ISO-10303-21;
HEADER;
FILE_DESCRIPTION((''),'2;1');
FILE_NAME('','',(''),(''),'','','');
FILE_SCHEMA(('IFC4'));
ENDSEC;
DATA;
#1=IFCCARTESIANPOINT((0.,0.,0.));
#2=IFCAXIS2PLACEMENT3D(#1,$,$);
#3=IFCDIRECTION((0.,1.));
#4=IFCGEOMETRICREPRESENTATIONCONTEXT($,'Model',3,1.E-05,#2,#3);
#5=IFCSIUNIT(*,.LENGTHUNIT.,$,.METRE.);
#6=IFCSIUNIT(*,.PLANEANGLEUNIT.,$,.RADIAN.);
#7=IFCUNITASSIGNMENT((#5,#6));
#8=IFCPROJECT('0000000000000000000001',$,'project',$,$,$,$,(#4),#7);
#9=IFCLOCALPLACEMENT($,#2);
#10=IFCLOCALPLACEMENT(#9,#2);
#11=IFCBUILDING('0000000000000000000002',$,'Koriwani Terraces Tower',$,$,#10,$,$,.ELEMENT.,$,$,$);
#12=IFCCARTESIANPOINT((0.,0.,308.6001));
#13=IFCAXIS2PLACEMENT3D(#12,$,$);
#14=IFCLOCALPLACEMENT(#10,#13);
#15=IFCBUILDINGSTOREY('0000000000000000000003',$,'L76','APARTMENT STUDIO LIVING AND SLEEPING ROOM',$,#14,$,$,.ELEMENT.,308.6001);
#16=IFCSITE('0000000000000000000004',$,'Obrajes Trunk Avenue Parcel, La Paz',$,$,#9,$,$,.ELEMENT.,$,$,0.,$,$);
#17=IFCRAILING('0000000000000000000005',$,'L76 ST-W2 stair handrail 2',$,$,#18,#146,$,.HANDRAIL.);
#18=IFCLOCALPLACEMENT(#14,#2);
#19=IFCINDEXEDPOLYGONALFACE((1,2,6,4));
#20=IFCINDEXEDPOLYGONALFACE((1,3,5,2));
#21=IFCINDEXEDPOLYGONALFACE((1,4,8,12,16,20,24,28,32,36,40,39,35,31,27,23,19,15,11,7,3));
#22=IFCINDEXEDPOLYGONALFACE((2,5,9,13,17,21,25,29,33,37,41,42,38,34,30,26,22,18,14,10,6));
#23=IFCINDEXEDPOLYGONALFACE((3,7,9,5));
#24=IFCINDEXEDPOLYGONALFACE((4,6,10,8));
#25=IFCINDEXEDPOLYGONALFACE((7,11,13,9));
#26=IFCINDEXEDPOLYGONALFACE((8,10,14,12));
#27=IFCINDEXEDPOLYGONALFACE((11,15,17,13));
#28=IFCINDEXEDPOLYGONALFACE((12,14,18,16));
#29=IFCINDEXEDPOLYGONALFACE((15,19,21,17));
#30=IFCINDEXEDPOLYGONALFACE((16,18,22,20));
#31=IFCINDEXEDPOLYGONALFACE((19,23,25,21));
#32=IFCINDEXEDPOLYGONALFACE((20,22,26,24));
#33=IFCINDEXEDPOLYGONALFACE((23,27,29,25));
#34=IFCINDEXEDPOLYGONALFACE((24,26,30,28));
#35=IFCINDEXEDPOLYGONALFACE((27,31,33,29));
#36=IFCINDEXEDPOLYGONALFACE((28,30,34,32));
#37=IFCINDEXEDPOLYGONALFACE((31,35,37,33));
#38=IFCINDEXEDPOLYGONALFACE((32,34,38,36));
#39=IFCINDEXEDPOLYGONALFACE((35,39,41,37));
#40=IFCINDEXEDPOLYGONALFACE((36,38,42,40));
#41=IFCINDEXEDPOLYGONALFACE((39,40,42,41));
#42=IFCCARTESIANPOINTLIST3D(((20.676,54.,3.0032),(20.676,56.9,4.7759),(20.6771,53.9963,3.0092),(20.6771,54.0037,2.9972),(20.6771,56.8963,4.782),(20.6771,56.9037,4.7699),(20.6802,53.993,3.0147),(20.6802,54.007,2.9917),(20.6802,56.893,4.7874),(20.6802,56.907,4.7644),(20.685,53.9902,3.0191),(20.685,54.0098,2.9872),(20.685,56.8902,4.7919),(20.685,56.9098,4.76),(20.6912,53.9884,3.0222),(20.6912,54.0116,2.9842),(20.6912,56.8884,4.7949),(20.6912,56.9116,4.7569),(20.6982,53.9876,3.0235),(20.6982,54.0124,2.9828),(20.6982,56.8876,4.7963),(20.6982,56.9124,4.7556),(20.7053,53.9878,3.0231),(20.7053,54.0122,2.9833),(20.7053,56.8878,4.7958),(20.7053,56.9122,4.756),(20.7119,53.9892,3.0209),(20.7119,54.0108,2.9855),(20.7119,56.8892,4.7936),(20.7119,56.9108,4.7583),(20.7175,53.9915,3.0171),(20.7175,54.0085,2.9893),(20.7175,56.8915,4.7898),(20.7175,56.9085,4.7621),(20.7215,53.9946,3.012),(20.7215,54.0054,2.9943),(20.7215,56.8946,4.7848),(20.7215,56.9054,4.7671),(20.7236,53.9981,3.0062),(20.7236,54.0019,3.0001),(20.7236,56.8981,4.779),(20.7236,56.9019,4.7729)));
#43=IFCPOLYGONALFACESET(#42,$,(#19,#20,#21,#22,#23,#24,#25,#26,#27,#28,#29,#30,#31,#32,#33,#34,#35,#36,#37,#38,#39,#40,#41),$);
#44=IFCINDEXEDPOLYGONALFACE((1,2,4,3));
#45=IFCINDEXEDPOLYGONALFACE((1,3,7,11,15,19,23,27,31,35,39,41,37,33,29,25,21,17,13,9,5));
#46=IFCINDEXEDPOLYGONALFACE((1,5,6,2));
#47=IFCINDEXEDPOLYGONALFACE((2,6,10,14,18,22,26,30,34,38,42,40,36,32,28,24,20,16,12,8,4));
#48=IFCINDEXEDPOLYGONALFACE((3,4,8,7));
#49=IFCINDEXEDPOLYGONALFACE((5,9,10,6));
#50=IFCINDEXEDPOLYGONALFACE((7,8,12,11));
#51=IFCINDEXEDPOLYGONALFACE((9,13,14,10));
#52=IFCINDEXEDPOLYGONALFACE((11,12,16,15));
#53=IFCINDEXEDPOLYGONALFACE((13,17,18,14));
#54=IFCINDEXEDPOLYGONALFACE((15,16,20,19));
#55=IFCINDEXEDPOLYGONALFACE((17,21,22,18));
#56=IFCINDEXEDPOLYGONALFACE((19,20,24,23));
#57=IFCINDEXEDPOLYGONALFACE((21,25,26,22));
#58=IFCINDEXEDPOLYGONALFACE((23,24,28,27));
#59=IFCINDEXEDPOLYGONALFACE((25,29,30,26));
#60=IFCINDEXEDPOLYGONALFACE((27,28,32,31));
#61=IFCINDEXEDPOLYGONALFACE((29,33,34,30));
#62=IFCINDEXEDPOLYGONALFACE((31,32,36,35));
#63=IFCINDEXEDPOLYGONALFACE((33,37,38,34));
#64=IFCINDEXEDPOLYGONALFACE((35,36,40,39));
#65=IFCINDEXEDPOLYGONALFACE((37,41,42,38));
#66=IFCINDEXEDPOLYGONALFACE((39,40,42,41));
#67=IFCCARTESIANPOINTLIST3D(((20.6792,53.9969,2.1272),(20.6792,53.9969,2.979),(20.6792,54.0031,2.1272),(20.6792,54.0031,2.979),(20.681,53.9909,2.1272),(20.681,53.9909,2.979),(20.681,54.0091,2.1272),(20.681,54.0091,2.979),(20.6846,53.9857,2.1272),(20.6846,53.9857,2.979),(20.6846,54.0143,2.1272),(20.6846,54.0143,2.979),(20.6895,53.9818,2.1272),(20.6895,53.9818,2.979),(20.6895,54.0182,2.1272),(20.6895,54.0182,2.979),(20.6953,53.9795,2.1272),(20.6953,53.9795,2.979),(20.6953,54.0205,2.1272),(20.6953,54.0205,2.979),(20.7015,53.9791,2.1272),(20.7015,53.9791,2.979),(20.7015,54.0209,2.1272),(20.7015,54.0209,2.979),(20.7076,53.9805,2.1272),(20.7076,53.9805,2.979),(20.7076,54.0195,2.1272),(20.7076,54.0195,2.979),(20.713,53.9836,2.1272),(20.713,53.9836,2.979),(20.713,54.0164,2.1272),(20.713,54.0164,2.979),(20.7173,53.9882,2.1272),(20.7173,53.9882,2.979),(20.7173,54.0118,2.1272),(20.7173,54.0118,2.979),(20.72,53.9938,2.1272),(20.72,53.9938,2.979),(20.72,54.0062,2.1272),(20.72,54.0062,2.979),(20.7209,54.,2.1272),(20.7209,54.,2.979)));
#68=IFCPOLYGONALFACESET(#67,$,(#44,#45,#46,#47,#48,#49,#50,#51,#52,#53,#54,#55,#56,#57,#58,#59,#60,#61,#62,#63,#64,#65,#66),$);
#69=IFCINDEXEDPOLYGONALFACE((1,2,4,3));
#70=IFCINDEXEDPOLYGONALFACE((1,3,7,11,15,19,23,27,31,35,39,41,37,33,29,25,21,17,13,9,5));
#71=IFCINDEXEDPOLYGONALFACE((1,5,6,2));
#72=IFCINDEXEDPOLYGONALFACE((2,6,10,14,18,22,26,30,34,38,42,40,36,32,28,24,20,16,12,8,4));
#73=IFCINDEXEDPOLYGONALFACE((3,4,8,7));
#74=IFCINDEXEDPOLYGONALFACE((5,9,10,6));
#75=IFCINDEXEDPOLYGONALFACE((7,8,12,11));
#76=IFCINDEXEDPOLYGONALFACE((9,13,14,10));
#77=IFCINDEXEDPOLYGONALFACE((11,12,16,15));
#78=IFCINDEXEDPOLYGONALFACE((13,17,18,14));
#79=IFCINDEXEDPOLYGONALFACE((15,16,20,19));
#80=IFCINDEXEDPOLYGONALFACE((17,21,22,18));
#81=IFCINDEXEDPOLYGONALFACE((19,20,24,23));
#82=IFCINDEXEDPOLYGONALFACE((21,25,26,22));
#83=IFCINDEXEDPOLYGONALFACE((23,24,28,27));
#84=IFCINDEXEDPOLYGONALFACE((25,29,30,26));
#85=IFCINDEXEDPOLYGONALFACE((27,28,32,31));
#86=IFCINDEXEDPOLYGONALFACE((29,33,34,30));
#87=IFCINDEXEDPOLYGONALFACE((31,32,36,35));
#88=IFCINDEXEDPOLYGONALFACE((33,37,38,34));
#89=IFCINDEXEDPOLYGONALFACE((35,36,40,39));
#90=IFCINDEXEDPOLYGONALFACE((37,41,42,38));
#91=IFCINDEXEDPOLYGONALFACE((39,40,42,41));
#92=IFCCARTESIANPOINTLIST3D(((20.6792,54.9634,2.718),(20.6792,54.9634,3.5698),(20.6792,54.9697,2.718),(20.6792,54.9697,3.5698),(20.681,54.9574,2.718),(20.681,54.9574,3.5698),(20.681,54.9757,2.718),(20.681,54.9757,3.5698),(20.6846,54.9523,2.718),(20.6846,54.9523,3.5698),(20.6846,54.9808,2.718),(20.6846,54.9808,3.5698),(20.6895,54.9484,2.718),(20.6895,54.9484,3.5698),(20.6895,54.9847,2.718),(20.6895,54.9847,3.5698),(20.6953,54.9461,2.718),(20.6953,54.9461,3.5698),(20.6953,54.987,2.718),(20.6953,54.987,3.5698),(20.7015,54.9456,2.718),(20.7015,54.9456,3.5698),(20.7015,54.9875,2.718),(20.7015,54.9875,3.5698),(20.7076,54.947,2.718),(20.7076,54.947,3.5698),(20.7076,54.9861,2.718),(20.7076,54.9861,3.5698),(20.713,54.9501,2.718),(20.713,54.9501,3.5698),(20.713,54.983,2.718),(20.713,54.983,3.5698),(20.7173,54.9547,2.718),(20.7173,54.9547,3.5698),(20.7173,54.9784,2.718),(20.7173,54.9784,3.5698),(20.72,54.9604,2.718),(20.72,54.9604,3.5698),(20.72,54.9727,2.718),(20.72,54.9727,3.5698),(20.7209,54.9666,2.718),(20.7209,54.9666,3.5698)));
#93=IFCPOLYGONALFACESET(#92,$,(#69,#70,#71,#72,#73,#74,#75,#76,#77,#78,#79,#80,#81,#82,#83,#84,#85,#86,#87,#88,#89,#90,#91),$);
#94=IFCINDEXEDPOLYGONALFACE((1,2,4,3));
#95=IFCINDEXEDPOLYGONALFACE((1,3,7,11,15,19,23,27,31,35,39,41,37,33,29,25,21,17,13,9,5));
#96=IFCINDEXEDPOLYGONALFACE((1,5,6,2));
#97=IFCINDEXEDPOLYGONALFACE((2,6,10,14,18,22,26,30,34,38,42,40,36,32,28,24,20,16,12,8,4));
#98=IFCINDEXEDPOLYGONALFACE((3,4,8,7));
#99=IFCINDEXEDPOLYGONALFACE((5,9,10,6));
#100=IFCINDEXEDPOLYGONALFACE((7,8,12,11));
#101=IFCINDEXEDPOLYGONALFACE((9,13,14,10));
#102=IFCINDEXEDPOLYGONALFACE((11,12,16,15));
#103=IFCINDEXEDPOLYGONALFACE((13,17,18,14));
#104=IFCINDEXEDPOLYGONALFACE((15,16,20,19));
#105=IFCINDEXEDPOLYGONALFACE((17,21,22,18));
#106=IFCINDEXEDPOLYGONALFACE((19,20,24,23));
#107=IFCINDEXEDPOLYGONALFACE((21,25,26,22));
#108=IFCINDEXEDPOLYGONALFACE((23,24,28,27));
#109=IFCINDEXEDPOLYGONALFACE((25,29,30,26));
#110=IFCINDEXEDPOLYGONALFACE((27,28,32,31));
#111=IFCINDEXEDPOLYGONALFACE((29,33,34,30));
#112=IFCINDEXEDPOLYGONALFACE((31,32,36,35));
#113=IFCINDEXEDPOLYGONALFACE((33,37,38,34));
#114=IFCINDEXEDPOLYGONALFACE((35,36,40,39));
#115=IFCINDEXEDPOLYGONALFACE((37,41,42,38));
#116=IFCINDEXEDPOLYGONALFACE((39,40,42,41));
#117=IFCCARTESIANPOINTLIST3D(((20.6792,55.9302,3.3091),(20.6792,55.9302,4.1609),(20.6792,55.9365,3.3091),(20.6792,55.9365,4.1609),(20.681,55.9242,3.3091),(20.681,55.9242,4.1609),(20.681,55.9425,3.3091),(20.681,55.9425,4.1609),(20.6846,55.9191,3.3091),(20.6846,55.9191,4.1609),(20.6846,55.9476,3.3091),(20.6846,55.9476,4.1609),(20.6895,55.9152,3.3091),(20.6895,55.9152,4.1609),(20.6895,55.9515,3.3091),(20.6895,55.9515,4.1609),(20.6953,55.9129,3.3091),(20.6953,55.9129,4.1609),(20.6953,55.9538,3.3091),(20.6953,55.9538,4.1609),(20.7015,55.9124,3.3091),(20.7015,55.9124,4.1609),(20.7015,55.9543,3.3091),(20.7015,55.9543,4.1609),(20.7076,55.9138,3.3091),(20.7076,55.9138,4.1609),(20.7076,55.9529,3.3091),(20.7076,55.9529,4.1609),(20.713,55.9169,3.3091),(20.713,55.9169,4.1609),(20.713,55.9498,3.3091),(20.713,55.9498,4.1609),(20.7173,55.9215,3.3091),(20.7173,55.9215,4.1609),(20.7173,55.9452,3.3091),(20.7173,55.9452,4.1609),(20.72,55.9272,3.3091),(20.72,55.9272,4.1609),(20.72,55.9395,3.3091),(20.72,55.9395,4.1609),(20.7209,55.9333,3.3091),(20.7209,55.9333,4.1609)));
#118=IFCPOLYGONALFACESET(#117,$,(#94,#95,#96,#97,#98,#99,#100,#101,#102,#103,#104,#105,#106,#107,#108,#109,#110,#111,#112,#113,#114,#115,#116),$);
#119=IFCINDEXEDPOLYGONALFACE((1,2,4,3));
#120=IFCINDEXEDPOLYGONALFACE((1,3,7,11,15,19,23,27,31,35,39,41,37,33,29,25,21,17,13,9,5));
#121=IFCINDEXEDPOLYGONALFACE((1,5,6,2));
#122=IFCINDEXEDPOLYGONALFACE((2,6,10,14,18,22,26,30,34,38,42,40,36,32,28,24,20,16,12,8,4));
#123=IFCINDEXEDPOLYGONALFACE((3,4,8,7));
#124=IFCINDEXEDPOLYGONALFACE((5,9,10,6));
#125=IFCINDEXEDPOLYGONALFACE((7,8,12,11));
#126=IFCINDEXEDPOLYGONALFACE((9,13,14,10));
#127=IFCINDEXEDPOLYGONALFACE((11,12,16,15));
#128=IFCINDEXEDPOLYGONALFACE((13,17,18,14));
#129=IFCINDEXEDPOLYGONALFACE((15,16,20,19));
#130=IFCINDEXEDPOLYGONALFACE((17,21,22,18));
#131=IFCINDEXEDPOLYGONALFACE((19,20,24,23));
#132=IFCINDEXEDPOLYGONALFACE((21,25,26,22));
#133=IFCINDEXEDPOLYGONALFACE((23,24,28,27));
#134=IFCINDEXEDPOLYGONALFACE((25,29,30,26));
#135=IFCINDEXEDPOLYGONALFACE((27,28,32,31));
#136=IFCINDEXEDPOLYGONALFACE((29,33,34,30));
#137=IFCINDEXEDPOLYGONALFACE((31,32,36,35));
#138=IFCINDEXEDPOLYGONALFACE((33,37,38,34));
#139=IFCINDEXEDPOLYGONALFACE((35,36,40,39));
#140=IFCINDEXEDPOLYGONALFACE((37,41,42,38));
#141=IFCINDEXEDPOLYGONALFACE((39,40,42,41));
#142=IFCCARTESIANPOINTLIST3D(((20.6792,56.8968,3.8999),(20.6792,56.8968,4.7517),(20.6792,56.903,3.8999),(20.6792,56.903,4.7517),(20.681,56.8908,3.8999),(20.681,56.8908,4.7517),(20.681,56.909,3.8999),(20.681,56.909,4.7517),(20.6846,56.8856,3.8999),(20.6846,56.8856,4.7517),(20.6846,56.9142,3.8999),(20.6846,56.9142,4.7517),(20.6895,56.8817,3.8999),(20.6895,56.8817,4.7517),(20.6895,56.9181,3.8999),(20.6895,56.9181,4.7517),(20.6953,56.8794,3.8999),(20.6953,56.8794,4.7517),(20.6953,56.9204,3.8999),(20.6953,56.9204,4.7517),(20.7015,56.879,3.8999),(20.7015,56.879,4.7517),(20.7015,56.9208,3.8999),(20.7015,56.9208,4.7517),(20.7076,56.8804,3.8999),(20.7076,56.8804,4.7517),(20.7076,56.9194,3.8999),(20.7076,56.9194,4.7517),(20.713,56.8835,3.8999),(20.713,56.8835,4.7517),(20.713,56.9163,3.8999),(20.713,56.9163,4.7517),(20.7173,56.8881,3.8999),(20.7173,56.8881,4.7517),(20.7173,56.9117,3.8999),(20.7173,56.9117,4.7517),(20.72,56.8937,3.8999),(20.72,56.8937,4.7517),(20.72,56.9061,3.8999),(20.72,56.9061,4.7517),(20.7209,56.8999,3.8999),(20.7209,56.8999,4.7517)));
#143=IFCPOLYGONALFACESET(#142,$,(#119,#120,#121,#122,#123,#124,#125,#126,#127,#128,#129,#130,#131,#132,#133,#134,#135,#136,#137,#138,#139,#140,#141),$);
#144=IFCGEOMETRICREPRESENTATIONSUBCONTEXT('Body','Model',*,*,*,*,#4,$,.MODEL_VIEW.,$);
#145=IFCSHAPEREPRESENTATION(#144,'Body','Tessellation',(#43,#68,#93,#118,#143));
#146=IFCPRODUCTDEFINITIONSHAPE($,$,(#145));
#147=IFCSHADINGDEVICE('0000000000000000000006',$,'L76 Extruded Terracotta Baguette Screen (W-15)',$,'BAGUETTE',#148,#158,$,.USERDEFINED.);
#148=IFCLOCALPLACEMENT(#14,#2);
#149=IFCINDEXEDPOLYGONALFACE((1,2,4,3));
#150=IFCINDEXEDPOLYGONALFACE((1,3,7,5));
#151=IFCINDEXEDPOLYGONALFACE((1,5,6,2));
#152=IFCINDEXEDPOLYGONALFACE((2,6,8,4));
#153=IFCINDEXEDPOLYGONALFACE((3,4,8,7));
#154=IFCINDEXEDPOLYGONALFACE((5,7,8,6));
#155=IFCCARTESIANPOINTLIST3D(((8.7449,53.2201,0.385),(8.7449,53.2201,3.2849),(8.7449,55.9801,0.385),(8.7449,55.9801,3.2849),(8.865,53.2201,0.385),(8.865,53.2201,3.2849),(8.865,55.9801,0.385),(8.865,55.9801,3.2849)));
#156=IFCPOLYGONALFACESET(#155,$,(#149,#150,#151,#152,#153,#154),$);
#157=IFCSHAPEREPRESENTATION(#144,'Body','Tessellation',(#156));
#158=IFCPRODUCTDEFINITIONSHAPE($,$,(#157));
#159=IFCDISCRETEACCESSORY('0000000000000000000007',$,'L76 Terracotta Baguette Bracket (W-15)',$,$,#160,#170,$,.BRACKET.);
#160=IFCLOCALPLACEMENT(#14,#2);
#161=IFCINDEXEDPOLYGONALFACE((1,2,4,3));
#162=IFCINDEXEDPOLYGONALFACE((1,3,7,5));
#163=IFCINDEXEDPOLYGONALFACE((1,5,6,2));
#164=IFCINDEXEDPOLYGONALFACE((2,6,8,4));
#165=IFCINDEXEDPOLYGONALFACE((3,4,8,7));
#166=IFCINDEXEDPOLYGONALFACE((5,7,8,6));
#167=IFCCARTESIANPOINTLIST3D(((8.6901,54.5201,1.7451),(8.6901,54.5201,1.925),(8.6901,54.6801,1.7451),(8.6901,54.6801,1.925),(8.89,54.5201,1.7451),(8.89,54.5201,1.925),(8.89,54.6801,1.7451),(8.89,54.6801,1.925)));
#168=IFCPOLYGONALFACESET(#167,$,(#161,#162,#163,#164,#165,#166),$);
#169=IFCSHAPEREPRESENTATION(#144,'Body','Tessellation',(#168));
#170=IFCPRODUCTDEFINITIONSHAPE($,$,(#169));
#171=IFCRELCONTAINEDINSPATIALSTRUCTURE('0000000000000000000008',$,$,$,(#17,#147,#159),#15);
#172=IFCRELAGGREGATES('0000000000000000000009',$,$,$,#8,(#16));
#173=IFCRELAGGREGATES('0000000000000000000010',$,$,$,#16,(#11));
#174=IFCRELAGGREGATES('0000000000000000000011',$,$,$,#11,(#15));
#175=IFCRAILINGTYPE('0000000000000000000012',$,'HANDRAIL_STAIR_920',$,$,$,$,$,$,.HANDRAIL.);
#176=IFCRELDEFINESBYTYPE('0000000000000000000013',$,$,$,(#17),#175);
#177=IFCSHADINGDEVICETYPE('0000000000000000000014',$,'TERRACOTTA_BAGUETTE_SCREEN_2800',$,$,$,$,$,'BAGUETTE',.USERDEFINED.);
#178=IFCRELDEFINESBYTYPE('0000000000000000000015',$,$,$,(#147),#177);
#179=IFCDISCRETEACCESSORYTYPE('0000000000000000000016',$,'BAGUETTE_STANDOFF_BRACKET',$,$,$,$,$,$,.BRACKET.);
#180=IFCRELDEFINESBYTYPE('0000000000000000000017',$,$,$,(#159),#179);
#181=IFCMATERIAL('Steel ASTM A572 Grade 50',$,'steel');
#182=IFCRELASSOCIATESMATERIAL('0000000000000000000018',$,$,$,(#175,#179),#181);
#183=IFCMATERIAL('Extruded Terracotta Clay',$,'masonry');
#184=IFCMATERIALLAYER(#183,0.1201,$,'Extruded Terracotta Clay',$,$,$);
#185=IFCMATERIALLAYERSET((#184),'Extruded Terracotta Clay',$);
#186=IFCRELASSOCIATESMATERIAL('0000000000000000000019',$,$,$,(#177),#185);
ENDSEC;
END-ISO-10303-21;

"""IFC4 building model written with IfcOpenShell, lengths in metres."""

from ifc_helpers import new_model, si_unit, direction, frame, origin, origin_2d, place, context, subcontext, project, spatial, rectangle, circle, extrude, material, layer, layer_set, type_object, element, save


model = new_model("IFC4")

# Units and contexts
model_context = context("Model", 3, precision=1e-05, world=origin(), true_north=direction((0.0, 1.0)))
body_context = subcontext(model_context, "Body", "Model", "MODEL_VIEW")
ifc_project = project(units=[si_unit("LENGTHUNIT", "METRE"), si_unit("PLANEANGLEUNIT", "RADIAN")], contexts=[model_context])

# Site, building, storey
site_placement = place(None, origin())
site = spatial("IfcSite", under=ifc_project, at=site_placement, Name="Obrajes Trunk Avenue Parcel, La Paz", CompositionType="ELEMENT", RefElevation=0.0)
building_placement = place(site_placement, origin())
building = spatial("IfcBuilding", under=site, at=building_placement, Name="Koriwani Terraces Tower", CompositionType="ELEMENT")
storey_placement = place(building_placement, frame((0.0, 0.0, 308.6001)))
storey = spatial("IfcBuildingStorey", under=building, at=storey_placement, Name="L76", Description="APARTMENT STUDIO LIVING AND SLEEPING ROOM", CompositionType="ELEMENT", Elevation=308.6001)

# Shared definitions
ifc_material_1 = material(Name="Steel ASTM A572 Grade 50", Category="steel")

# Railing
railing_type_1 = type_object("IfcRailingType", Name="HANDRAIL_STAIR_920", PredefinedType="HANDRAIL", material=ifc_material_1)
railing_1_placement = place(storey_placement, frame((20.7, 54.0, 2.1272)))
element("IfcRailing", 1, at=railing_1_placement, inside=storey, type_object=railing_type_1, Name="L76 ST-W2 stair handrail 2", PredefinedType="HANDRAIL", context=body_context, shape_type="SweptSolid", body=[
    extrude(circle(Radius=0.0239, at=origin_2d()), frame((0.0, 0.0, 0.876), z_axis=(0.0, 0.853211, 0.521566), x_axis=(-1.0, 0.0, 0.0)), (0.0, 0.0, 1.0), 3.3989),
    extrude(circle(Radius=0.021, at=origin_2d()), origin(), (0.0, 0.0, 1.0), 0.8518),
    extrude(circle(Radius=0.021, at=origin_2d()), frame((0.0, 0.9666, 0.5908)), (0.0, 0.0, 1.0), 0.8518),
    extrude(circle(Radius=0.021, at=origin_2d()), frame((0.0, 1.9333, 1.1819)), (0.0, 0.0, 1.0), 0.8518),
    extrude(circle(Radius=0.021, at=origin_2d()), frame((0.0, 2.8999, 1.7727)), (0.0, 0.0, 1.0), 0.8518),
])

# Shading device
ifc_material_2 = material(Name="Extruded Terracotta Clay", Category="masonry")
ifc_layer_1 = layer(ifc_material_2, 0.1201, Name="Extruded Terracotta Clay")
ifc_layer_set_1 = layer_set([ifc_layer_1], Name="Extruded Terracotta Clay")
shading_device_type = type_object("IfcShadingDeviceType", Name="TERRACOTTA_BAGUETTE_SCREEN_2800", ElementType="BAGUETTE", PredefinedType="USERDEFINED", material=ifc_layer_set_1)
shading_device_placement = place(storey_placement, frame((8.8049, 54.6001, 0.385), z_axis=(0.0, 0.0, 1.0), x_axis=(0.0, 1.0, 0.0)))
element("IfcShadingDevice", 2, at=shading_device_placement, inside=storey, type_object=shading_device_type, Name="L76 Extruded Terracotta Baguette Screen (W-15)", ObjectType="BAGUETTE", PredefinedType="USERDEFINED", context=body_context, shape_type="SweptSolid", body=[
    extrude(rectangle(XDim=2.76, YDim=0.1201, at=origin_2d()), origin(), (0.0, 0.0, 1.0), 2.8999),
])

# Discrete accessory
discrete_accessory_type = type_object("IfcDiscreteAccessoryType", Name="BAGUETTE_STANDOFF_BRACKET", PredefinedType="BRACKET", material=ifc_material_1)
discrete_accessory_placement = place(storey_placement, frame((8.79, 54.6001, 1.7451), z_axis=(0.0, 0.0, 1.0), x_axis=(0.0, 1.0, 0.0)))
element("IfcDiscreteAccessory", 3, at=discrete_accessory_placement, inside=storey, type_object=discrete_accessory_type, Name="L76 Terracotta Baguette Bracket (W-15)", PredefinedType="BRACKET", context=body_context, shape_type="SweptSolid", body=[
    extrude(rectangle(XDim=0.1599, YDim=0.2, at=origin_2d()), origin(), (0.0, 0.0, 1.0), 0.1799),
])

save(model, "model.ifc")
